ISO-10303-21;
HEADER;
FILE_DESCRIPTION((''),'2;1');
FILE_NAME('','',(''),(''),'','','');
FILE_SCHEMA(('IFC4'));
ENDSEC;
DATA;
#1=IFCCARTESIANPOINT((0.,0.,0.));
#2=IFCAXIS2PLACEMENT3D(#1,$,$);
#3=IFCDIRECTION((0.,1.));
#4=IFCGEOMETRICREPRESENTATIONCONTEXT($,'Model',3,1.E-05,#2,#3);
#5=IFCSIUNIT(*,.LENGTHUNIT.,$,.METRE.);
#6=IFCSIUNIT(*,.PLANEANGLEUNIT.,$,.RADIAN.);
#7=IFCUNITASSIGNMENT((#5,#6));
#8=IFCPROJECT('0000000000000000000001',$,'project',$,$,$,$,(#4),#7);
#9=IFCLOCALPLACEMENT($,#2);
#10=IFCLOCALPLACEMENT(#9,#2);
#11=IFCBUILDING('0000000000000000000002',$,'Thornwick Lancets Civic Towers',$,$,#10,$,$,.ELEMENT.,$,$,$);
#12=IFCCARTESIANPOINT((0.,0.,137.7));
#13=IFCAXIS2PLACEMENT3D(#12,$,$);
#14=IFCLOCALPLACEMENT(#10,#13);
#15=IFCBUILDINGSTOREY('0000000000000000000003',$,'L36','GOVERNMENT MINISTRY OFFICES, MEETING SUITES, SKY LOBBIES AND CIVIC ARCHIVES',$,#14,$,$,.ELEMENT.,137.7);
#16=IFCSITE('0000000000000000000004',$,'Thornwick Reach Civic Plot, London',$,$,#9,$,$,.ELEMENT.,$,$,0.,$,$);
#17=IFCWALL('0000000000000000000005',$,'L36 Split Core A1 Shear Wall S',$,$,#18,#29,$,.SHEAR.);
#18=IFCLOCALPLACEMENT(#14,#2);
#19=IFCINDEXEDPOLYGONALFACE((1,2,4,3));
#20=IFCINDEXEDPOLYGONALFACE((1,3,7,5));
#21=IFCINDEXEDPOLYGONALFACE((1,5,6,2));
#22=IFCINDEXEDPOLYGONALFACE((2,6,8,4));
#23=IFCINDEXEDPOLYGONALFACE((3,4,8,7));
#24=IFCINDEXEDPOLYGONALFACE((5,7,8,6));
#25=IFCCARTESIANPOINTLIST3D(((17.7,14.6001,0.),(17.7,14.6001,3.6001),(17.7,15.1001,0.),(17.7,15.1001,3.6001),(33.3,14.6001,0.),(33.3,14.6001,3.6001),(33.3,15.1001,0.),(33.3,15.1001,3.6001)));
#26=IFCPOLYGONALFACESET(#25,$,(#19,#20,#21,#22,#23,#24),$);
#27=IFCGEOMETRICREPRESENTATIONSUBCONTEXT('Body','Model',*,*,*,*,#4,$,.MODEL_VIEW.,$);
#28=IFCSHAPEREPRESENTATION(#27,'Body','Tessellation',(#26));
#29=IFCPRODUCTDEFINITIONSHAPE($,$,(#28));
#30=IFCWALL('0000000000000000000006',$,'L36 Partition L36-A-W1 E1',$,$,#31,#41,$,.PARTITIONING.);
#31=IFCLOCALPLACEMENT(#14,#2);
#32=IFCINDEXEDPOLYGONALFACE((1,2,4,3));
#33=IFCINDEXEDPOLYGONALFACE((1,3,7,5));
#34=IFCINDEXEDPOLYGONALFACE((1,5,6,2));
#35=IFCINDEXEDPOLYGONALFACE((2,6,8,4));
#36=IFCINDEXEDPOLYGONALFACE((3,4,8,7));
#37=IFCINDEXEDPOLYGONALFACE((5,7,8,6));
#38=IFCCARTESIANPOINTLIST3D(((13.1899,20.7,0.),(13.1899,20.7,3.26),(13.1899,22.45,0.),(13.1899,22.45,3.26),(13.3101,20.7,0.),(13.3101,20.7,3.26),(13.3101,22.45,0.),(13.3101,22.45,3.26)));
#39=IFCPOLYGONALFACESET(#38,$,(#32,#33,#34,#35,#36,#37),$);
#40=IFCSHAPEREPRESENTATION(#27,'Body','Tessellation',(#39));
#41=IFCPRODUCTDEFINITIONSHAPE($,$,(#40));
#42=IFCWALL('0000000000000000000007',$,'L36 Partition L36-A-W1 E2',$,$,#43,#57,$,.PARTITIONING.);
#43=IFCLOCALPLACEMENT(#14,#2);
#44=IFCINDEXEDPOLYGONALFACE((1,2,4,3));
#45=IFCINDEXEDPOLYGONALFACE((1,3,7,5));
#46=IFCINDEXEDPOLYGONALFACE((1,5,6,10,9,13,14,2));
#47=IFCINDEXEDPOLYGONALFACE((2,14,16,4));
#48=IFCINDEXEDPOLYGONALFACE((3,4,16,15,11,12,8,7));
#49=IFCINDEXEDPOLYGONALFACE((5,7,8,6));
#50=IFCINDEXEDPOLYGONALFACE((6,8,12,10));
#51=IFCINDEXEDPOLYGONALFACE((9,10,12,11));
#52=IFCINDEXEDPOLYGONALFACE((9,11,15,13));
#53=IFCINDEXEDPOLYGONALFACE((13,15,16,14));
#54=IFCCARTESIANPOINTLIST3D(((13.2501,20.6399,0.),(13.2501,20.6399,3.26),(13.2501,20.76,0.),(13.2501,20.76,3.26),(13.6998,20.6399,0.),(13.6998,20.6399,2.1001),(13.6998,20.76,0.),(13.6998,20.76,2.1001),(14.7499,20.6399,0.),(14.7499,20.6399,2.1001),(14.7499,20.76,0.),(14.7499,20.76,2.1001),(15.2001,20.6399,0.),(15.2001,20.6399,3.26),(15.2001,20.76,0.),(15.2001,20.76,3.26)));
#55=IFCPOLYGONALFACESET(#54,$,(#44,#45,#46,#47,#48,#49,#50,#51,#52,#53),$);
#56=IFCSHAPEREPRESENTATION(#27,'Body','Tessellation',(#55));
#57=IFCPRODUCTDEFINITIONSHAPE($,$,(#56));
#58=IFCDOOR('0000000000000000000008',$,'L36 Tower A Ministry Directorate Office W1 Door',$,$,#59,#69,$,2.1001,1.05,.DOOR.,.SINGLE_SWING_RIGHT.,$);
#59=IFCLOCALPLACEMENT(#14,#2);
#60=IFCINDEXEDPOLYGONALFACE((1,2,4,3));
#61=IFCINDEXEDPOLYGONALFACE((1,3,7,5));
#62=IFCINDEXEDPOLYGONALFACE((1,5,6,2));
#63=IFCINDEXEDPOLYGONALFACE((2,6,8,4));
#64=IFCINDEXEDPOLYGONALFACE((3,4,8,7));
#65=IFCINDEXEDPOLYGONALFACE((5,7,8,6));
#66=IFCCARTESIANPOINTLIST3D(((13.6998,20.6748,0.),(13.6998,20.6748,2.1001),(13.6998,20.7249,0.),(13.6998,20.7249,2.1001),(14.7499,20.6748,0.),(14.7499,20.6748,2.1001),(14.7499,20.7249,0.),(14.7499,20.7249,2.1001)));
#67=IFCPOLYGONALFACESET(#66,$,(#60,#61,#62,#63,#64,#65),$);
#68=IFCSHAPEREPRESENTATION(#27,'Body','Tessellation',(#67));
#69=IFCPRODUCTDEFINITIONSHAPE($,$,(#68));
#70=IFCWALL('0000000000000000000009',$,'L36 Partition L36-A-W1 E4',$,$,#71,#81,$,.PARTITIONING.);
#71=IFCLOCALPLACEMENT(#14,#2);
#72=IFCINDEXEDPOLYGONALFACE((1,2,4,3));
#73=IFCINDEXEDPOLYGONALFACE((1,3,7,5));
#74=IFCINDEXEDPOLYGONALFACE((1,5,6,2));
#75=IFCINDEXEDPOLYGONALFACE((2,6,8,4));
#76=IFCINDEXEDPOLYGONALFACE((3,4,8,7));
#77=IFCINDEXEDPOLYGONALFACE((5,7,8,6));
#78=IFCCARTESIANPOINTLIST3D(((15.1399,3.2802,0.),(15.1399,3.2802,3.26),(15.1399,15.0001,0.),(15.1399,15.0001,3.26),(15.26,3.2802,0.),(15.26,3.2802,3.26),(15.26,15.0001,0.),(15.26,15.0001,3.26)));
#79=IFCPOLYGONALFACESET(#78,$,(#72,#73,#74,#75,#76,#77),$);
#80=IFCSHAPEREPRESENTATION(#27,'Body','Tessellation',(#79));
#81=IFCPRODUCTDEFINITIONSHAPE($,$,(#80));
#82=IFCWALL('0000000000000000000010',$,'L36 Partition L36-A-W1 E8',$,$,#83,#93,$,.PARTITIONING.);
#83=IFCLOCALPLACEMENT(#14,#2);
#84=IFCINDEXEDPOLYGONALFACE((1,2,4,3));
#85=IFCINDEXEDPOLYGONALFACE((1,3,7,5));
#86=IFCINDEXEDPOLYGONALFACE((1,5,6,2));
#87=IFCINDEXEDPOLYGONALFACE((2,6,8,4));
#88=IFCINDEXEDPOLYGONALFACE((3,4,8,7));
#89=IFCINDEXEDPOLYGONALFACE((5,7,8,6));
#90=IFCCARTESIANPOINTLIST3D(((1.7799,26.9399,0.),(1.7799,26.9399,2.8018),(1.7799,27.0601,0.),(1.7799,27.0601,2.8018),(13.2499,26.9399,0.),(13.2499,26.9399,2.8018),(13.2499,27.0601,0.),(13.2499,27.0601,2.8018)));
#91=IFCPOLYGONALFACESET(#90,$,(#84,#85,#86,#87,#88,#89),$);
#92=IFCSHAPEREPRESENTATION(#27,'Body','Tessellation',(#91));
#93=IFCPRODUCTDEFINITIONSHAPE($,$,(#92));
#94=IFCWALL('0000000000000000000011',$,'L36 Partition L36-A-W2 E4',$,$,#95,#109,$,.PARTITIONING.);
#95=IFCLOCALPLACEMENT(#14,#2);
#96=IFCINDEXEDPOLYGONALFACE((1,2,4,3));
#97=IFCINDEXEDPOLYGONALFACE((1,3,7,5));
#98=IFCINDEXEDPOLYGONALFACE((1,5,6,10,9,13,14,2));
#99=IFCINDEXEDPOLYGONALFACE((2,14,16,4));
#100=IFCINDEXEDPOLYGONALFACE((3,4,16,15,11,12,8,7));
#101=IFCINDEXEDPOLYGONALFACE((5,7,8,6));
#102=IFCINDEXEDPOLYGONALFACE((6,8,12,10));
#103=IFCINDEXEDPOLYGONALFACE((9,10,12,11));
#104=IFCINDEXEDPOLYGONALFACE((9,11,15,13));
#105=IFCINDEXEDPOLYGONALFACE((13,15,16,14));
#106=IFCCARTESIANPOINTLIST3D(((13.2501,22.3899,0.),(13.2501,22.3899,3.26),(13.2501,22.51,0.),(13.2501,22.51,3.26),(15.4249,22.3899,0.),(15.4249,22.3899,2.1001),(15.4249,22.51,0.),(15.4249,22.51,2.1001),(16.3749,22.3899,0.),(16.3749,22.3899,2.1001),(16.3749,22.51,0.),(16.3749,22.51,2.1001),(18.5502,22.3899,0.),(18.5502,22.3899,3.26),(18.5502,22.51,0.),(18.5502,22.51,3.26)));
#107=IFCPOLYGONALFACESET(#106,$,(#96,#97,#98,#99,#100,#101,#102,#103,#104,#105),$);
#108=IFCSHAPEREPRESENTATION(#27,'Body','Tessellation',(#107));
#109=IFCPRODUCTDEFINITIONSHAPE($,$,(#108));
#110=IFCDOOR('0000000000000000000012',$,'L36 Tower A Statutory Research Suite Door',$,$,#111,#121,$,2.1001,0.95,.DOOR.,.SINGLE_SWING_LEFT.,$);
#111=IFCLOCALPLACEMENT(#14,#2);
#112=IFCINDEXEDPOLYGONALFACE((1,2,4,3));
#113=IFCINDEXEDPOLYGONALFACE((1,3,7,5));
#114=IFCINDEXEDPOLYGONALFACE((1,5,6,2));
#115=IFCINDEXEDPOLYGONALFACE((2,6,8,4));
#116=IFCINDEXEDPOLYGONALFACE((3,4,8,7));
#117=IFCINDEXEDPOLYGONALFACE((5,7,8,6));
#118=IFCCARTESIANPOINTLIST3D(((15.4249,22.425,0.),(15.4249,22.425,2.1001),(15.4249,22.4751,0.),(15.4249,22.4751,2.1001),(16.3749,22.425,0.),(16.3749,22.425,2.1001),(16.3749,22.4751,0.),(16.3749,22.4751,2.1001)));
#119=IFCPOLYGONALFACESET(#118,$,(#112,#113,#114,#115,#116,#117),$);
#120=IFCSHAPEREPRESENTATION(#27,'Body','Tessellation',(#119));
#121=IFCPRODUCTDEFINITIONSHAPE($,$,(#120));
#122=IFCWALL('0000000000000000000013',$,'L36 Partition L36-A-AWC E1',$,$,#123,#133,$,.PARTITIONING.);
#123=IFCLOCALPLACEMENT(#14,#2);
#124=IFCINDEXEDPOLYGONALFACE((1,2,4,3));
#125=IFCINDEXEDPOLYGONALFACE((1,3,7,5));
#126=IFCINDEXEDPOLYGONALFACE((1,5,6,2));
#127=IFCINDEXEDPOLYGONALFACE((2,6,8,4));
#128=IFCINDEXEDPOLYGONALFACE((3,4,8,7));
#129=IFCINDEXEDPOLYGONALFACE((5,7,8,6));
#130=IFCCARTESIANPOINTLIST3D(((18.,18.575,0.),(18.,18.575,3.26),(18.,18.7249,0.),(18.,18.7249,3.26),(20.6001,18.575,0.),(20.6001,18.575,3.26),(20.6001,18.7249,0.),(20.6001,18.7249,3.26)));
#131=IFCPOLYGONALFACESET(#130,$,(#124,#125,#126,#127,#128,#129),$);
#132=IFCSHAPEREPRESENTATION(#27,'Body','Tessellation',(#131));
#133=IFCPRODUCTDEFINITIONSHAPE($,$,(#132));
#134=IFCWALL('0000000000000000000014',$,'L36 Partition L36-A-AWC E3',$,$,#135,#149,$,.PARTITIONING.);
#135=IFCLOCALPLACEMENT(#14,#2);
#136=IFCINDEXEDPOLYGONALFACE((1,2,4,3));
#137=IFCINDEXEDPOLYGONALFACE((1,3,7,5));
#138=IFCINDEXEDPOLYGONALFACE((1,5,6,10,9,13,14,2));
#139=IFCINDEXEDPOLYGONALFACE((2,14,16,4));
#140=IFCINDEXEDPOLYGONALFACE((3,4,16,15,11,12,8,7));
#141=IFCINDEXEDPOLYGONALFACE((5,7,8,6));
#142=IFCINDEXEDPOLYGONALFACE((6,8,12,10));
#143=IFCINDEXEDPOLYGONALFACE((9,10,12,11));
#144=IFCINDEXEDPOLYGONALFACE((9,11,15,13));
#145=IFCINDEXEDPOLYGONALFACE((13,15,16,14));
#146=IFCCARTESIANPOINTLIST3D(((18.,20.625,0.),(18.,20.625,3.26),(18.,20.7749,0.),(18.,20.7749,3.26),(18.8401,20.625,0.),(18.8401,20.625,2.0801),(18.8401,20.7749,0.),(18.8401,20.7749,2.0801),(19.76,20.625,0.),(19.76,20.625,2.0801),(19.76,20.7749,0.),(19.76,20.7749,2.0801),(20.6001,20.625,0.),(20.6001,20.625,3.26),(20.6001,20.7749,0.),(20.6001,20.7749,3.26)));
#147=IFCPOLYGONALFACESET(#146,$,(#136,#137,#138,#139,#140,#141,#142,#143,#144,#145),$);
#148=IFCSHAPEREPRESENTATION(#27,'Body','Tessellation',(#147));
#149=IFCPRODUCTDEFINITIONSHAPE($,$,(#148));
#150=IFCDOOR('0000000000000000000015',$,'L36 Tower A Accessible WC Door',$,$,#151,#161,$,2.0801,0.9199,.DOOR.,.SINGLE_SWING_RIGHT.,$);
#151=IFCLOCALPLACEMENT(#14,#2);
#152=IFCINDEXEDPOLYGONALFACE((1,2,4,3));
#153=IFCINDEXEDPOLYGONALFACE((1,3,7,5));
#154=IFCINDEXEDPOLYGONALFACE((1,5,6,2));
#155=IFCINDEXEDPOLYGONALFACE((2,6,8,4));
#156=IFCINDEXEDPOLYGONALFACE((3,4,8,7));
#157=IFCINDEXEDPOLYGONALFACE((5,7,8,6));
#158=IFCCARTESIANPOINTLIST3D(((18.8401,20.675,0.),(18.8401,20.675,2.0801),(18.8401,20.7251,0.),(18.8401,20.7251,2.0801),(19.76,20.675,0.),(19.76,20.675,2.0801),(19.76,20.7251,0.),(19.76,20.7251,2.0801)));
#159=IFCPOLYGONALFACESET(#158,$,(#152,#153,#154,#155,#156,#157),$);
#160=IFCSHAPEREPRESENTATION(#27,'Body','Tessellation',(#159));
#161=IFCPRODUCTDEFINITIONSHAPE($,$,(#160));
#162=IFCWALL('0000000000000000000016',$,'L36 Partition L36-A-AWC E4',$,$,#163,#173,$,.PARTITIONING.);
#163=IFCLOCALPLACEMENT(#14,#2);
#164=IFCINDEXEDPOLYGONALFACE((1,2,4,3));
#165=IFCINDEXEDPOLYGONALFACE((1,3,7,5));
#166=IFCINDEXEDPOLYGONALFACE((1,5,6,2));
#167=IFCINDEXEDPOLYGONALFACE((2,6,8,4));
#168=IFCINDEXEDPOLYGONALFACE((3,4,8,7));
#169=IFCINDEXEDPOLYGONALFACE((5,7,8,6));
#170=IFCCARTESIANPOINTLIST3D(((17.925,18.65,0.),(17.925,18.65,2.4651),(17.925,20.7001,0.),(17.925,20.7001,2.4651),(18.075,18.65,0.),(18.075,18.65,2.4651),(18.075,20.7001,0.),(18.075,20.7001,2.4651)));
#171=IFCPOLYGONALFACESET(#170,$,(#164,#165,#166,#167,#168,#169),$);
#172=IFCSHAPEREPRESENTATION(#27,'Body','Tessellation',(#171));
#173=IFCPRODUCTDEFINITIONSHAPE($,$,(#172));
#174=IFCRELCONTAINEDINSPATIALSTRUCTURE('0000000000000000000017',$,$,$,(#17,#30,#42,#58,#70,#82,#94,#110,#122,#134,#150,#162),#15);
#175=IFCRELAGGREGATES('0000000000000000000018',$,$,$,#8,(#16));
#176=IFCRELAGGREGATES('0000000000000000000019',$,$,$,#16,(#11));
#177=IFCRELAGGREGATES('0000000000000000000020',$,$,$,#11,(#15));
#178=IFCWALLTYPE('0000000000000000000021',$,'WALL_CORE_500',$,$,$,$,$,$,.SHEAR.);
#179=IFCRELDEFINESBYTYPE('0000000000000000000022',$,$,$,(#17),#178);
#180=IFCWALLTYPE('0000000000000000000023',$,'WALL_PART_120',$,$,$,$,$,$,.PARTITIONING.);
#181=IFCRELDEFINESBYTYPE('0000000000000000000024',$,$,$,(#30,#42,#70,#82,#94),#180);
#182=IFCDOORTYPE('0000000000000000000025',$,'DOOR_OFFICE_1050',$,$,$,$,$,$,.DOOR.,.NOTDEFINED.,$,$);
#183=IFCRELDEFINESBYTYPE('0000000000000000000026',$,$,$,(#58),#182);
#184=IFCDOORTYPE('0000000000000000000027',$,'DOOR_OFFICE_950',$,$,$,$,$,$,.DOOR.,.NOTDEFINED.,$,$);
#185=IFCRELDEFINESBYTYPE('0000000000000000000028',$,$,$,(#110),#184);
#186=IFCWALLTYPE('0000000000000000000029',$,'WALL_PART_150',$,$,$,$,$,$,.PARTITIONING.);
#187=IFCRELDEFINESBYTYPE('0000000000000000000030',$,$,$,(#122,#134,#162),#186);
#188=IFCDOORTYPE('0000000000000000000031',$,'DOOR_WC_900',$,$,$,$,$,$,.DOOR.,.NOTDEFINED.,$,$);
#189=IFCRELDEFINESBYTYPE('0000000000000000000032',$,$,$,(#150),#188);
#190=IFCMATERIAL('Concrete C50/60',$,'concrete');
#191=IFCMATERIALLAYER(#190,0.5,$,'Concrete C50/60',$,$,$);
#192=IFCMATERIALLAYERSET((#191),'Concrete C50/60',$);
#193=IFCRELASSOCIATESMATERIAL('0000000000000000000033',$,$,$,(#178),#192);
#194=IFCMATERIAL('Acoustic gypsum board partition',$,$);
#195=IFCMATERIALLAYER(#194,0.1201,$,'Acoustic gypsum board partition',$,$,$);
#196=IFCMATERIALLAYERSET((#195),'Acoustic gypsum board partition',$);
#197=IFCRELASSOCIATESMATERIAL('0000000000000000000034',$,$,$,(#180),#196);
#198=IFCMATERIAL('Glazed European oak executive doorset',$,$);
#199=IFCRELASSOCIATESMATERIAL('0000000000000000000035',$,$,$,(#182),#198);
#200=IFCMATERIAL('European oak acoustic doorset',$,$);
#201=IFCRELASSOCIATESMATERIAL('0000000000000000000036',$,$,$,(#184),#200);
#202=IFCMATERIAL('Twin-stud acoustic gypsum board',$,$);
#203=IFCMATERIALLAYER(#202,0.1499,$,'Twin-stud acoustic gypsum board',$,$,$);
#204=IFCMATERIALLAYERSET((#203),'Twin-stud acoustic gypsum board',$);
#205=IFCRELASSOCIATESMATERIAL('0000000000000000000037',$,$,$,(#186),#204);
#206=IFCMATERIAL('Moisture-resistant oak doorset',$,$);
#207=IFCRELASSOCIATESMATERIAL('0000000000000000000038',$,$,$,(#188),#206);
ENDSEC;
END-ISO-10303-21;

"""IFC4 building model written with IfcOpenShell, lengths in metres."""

from ifc_helpers import new_model, si_unit, direction, frame, frame_2d, origin, place, context, subcontext, project, spatial, rectangle, extrude, material, layer, layer_set, type_object, element, fill, save


model = new_model("IFC4")

# Units and contexts
model_context = context("Model", 3, precision=1e-05, world=origin(), true_north=direction((0.0, 1.0)))
body_context = subcontext(model_context, "Body", "Model", "MODEL_VIEW")
ifc_project = project(units=[si_unit("LENGTHUNIT", "METRE"), si_unit("PLANEANGLEUNIT", "RADIAN")], contexts=[model_context])

# Site, building, storey
site_placement = place(None, origin())
site = spatial("IfcSite", under=ifc_project, at=site_placement, Name="Thornwick Reach Civic Plot, London", CompositionType="ELEMENT", RefElevation=0.0)
building_placement = place(site_placement, origin())
building = spatial("IfcBuilding", under=site, at=building_placement, Name="Thornwick Lancets Civic Towers", CompositionType="ELEMENT")
storey_placement = place(building_placement, frame((0.0, 0.0, 137.7)))
storey = spatial("IfcBuildingStorey", under=building, at=storey_placement, Name="L36", Description="GOVERNMENT MINISTRY OFFICES, MEETING SUITES, SKY LOBBIES AND CIVIC ARCHIVES", CompositionType="ELEMENT", Elevation=137.7)

# Walls
ifc_material_1 = material(Name="Concrete C50/60", Category="concrete")
ifc_layer_1 = layer(ifc_material_1, 0.5, Name="Concrete C50/60")
ifc_layer_set_1 = layer_set([ifc_layer_1], Name="Concrete C50/60")
wall_type_1 = type_object("IfcWallType", Name="WALL_CORE_500", PredefinedType="SHEAR", material=ifc_layer_set_1)
wall_1_placement = place(storey_placement, frame((17.7, 14.8501, 0.0), z_axis=(0.0, 0.0, 1.0), x_axis=(1.0, 0.0, 0.0)))
element("IfcWall", 1, at=wall_1_placement, inside=storey, type_object=wall_type_1, Name="L36 Split Core A1 Shear Wall S", PredefinedType="SHEAR", context=body_context, shape_type="SweptSolid", body=[
    extrude(rectangle(XDim=15.6001, YDim=0.5, at=frame_2d((7.8, 0.0))), origin(), (0.0, 0.0, 1.0), 3.6001),
])
ifc_material_2 = material(Name="Acoustic gypsum board partition")
ifc_layer_2 = layer(ifc_material_2, 0.1201, Name="Acoustic gypsum board partition")
ifc_layer_set_2 = layer_set([ifc_layer_2], Name="Acoustic gypsum board partition")
wall_type_2 = type_object("IfcWallType", Name="WALL_PART_120", PredefinedType="PARTITIONING", material=ifc_layer_set_2)
wall_2_placement = place(storey_placement, frame((13.25, 22.45, 0.0), z_axis=(0.0, 0.0, 1.0), x_axis=(0.0, -1.0, 0.0)))
element("IfcWall", 2, at=wall_2_placement, inside=storey, type_object=wall_type_2, Name="L36 Partition L36-A-W1 E1", PredefinedType="PARTITIONING", context=body_context, shape_type="SweptSolid", body=[
    extrude(rectangle(XDim=1.75, YDim=0.1201, at=frame_2d((0.875, 0.0))), origin(), (0.0, 0.0, 1.0), 3.26),
])

# Wall, opening, door
wall_3_placement = place(storey_placement, frame((13.25, 20.7, 0.0), z_axis=(0.0, 0.0, 1.0), x_axis=(1.0, 0.0, 0.0)))
wall_3 = element("IfcWall", 3, at=wall_3_placement, inside=storey, type_object=wall_type_2, Name="L36 Partition L36-A-W1 E2", PredefinedType="PARTITIONING", context=body_context, shape_type="SweptSolid", body=[
    extrude(rectangle(XDim=1.95, YDim=0.1201, at=frame_2d((0.9751, 0.0))), origin(), (0.0, 0.0, 1.0), 3.26),
])
opening_1_placement = place(wall_3_placement, frame((0.45, 0.0, 0.0)))
opening_1 = element("IfcOpeningElement", 4, at=opening_1_placement, cuts=wall_3, PredefinedType="OPENING", context=body_context, shape_type="SweptSolid", body=[
    extrude(rectangle(XDim=1.05, YDim=2.1001, at=frame_2d((0.5249, 1.05))), frame((0.0, 0.0701, 0.0), z_axis=(0.0, -1.0, 0.0), x_axis=(1.0, 0.0, 0.0)), (0.0, 0.0, 1.0), 0.1401),
])
ifc_material_3 = material(Name="Glazed European oak executive doorset")
door_type_1 = type_object("IfcDoorType", Name="DOOR_OFFICE_1050", OperationType="NOTDEFINED", PredefinedType="DOOR", material=ifc_material_3)
door_1_placement = place(opening_1_placement, origin())
door_1 = element("IfcDoor", 5, at=door_1_placement, inside=storey, type_object=door_type_1, Name="L36 Tower A Ministry Directorate Office W1 Door", OperationType="SINGLE_SWING_RIGHT", OverallHeight=2.1001, OverallWidth=1.05, PredefinedType="DOOR", context=body_context, shape_type="SweptSolid", body=[
    extrude(rectangle(XDim=1.05, YDim=2.1001, at=frame_2d((0.5249, 1.05))), frame((0.0, 0.0249, 0.0), z_axis=(0.0, -1.0, 0.0), x_axis=(1.0, 0.0, 0.0)), (0.0, 0.0, 1.0), 0.05),
])
fill(opening_1, door_1)

# Walls
wall_4_placement = place(storey_placement, frame((15.2, 15.0, 0.0), z_axis=(0.0, 0.0, 1.0), x_axis=(0.0, -1.0, 0.0)))
element("IfcWall", 6, at=wall_4_placement, inside=storey, type_object=wall_type_2, Name="L36 Partition L36-A-W1 E4", PredefinedType="PARTITIONING", context=body_context, shape_type="SweptSolid", body=[
    extrude(rectangle(XDim=11.72, YDim=0.1201, at=frame_2d((5.8599, 0.0))), origin(), (0.0, 0.0, 1.0), 3.26),
])
wall_5_placement = place(storey_placement, frame((1.78, 27.0, 0.0), z_axis=(0.0, 0.0, 1.0), x_axis=(1.0, 0.0, 0.0)))
element("IfcWall", 7, at=wall_5_placement, inside=storey, type_object=wall_type_2, Name="L36 Partition L36-A-W1 E8", PredefinedType="PARTITIONING", context=body_context, shape_type="SweptSolid", body=[
    extrude(rectangle(XDim=11.47, YDim=0.1201, at=frame_2d((5.7349, 0.0))), origin(), (0.0, 0.0, 1.0), 2.8018),
])

# Wall, opening, door
wall_6_placement = place(storey_placement, frame((18.55, 22.45, 0.0), z_axis=(0.0, 0.0, 1.0), x_axis=(-1.0, 0.0, 0.0)))
wall_6 = element("IfcWall", 8, at=wall_6_placement, inside=storey, type_object=wall_type_2, Name="L36 Partition L36-A-W2 E4", PredefinedType="PARTITIONING", context=body_context, shape_type="SweptSolid", body=[
    extrude(rectangle(XDim=5.3, YDim=0.1201, at=frame_2d((2.6499, 0.0))), origin(), (0.0, 0.0, 1.0), 3.26),
])
opening_2_placement = place(wall_6_placement, frame((2.175, 0.0, 0.0)))
opening_2 = element("IfcOpeningElement", 9, at=opening_2_placement, cuts=wall_6, PredefinedType="OPENING", context=body_context, shape_type="SweptSolid", body=[
    extrude(rectangle(XDim=0.95, YDim=2.1001, at=frame_2d((0.4751, 1.05))), frame((0.0, 0.0701, 0.0), z_axis=(0.0, -1.0, 0.0), x_axis=(1.0, 0.0, 0.0)), (0.0, 0.0, 1.0), 0.1401),
])
ifc_material_4 = material(Name="European oak acoustic doorset")
door_type_2 = type_object("IfcDoorType", Name="DOOR_OFFICE_950", OperationType="NOTDEFINED", PredefinedType="DOOR", material=ifc_material_4)
door_2_placement = place(opening_2_placement, origin())
door_2 = element("IfcDoor", 10, at=door_2_placement, inside=storey, type_object=door_type_2, Name="L36 Tower A Statutory Research Suite Door", OperationType="SINGLE_SWING_LEFT", OverallHeight=2.1001, OverallWidth=0.95, PredefinedType="DOOR", context=body_context, shape_type="SweptSolid", body=[
    extrude(rectangle(XDim=0.95, YDim=2.1001, at=frame_2d((0.4751, 1.05))), frame((0.0, 0.0249, 0.0), z_axis=(0.0, -1.0, 0.0), x_axis=(1.0, 0.0, 0.0)), (0.0, 0.0, 1.0), 0.05),
])
fill(opening_2, door_2)

# Wall
ifc_material_5 = material(Name="Twin-stud acoustic gypsum board")
ifc_layer_3 = layer(ifc_material_5, 0.1499, Name="Twin-stud acoustic gypsum board")
ifc_layer_set_3 = layer_set([ifc_layer_3], Name="Twin-stud acoustic gypsum board")
wall_type_3 = type_object("IfcWallType", Name="WALL_PART_150", PredefinedType="PARTITIONING", material=ifc_layer_set_3)
wall_7_placement = place(storey_placement, frame((18.0, 18.6499, 0.0), z_axis=(0.0, 0.0, 1.0), x_axis=(1.0, 0.0, 0.0)))
element("IfcWall", 11, at=wall_7_placement, inside=storey, type_object=wall_type_3, Name="L36 Partition L36-A-AWC E1", PredefinedType="PARTITIONING", context=body_context, shape_type="SweptSolid", body=[
    extrude(rectangle(XDim=2.6001, YDim=0.1499, at=frame_2d((1.3, 0.0))), origin(), (0.0, 0.0, 1.0), 3.26),
])

# Wall, opening, door
wall_8_placement = place(storey_placement, frame((20.6001, 20.7, 0.0), z_axis=(0.0, 0.0, 1.0), x_axis=(-1.0, 0.0, 0.0)))
wall_8 = element("IfcWall", 12, at=wall_8_placement, inside=storey, type_object=wall_type_3, Name="L36 Partition L36-A-AWC E3", PredefinedType="PARTITIONING", context=body_context, shape_type="SweptSolid", body=[
    extrude(rectangle(XDim=2.6001, YDim=0.1499, at=frame_2d((1.3, 0.0))), origin(), (0.0, 0.0, 1.0), 3.26),
])
opening_3_placement = place(wall_8_placement, frame((0.8401, 0.0, 0.0)))
opening_3 = element("IfcOpeningElement", 13, at=opening_3_placement, cuts=wall_8, PredefinedType="OPENING", context=body_context, shape_type="SweptSolid", body=[
    extrude(rectangle(XDim=0.9199, YDim=2.0801, at=frame_2d((0.46, 1.04))), frame((0.0, 0.085, 0.0), z_axis=(0.0, -1.0, 0.0), x_axis=(1.0, 0.0, 0.0)), (0.0, 0.0, 1.0), 0.1699),
])
ifc_material_6 = material(Name="Moisture-resistant oak doorset")
door_type_3 = type_object("IfcDoorType", Name="DOOR_WC_900", OperationType="NOTDEFINED", PredefinedType="DOOR", material=ifc_material_6)
door_3_placement = place(opening_3_placement, origin())
door_3 = element("IfcDoor", 14, at=door_3_placement, inside=storey, type_object=door_type_3, Name="L36 Tower A Accessible WC Door", OperationType="SINGLE_SWING_RIGHT", OverallHeight=2.0801, OverallWidth=0.9199, PredefinedType="DOOR", context=body_context, shape_type="SweptSolid", body=[
    extrude(rectangle(XDim=0.9199, YDim=2.0801, at=frame_2d((0.46, 1.04))), frame((0.0, 0.0249, 0.0), z_axis=(0.0, -1.0, 0.0), x_axis=(1.0, 0.0, 0.0)), (0.0, 0.0, 1.0), 0.05),
])
fill(opening_3, door_3)

# Wall
wall_9_placement = place(storey_placement, frame((18.0, 20.7, 0.0), z_axis=(0.0, 0.0, 1.0), x_axis=(0.0, -1.0, 0.0)))
element("IfcWall", 15, at=wall_9_placement, inside=storey, type_object=wall_type_3, Name="L36 Partition L36-A-AWC E4", PredefinedType="PARTITIONING", context=body_context, shape_type="SweptSolid", body=[
    extrude(rectangle(XDim=2.05, YDim=0.1499, at=frame_2d((1.0249, 0.0))), origin(), (0.0, 0.0, 1.0), 2.4651),
])

save(model, "model.ifc")
